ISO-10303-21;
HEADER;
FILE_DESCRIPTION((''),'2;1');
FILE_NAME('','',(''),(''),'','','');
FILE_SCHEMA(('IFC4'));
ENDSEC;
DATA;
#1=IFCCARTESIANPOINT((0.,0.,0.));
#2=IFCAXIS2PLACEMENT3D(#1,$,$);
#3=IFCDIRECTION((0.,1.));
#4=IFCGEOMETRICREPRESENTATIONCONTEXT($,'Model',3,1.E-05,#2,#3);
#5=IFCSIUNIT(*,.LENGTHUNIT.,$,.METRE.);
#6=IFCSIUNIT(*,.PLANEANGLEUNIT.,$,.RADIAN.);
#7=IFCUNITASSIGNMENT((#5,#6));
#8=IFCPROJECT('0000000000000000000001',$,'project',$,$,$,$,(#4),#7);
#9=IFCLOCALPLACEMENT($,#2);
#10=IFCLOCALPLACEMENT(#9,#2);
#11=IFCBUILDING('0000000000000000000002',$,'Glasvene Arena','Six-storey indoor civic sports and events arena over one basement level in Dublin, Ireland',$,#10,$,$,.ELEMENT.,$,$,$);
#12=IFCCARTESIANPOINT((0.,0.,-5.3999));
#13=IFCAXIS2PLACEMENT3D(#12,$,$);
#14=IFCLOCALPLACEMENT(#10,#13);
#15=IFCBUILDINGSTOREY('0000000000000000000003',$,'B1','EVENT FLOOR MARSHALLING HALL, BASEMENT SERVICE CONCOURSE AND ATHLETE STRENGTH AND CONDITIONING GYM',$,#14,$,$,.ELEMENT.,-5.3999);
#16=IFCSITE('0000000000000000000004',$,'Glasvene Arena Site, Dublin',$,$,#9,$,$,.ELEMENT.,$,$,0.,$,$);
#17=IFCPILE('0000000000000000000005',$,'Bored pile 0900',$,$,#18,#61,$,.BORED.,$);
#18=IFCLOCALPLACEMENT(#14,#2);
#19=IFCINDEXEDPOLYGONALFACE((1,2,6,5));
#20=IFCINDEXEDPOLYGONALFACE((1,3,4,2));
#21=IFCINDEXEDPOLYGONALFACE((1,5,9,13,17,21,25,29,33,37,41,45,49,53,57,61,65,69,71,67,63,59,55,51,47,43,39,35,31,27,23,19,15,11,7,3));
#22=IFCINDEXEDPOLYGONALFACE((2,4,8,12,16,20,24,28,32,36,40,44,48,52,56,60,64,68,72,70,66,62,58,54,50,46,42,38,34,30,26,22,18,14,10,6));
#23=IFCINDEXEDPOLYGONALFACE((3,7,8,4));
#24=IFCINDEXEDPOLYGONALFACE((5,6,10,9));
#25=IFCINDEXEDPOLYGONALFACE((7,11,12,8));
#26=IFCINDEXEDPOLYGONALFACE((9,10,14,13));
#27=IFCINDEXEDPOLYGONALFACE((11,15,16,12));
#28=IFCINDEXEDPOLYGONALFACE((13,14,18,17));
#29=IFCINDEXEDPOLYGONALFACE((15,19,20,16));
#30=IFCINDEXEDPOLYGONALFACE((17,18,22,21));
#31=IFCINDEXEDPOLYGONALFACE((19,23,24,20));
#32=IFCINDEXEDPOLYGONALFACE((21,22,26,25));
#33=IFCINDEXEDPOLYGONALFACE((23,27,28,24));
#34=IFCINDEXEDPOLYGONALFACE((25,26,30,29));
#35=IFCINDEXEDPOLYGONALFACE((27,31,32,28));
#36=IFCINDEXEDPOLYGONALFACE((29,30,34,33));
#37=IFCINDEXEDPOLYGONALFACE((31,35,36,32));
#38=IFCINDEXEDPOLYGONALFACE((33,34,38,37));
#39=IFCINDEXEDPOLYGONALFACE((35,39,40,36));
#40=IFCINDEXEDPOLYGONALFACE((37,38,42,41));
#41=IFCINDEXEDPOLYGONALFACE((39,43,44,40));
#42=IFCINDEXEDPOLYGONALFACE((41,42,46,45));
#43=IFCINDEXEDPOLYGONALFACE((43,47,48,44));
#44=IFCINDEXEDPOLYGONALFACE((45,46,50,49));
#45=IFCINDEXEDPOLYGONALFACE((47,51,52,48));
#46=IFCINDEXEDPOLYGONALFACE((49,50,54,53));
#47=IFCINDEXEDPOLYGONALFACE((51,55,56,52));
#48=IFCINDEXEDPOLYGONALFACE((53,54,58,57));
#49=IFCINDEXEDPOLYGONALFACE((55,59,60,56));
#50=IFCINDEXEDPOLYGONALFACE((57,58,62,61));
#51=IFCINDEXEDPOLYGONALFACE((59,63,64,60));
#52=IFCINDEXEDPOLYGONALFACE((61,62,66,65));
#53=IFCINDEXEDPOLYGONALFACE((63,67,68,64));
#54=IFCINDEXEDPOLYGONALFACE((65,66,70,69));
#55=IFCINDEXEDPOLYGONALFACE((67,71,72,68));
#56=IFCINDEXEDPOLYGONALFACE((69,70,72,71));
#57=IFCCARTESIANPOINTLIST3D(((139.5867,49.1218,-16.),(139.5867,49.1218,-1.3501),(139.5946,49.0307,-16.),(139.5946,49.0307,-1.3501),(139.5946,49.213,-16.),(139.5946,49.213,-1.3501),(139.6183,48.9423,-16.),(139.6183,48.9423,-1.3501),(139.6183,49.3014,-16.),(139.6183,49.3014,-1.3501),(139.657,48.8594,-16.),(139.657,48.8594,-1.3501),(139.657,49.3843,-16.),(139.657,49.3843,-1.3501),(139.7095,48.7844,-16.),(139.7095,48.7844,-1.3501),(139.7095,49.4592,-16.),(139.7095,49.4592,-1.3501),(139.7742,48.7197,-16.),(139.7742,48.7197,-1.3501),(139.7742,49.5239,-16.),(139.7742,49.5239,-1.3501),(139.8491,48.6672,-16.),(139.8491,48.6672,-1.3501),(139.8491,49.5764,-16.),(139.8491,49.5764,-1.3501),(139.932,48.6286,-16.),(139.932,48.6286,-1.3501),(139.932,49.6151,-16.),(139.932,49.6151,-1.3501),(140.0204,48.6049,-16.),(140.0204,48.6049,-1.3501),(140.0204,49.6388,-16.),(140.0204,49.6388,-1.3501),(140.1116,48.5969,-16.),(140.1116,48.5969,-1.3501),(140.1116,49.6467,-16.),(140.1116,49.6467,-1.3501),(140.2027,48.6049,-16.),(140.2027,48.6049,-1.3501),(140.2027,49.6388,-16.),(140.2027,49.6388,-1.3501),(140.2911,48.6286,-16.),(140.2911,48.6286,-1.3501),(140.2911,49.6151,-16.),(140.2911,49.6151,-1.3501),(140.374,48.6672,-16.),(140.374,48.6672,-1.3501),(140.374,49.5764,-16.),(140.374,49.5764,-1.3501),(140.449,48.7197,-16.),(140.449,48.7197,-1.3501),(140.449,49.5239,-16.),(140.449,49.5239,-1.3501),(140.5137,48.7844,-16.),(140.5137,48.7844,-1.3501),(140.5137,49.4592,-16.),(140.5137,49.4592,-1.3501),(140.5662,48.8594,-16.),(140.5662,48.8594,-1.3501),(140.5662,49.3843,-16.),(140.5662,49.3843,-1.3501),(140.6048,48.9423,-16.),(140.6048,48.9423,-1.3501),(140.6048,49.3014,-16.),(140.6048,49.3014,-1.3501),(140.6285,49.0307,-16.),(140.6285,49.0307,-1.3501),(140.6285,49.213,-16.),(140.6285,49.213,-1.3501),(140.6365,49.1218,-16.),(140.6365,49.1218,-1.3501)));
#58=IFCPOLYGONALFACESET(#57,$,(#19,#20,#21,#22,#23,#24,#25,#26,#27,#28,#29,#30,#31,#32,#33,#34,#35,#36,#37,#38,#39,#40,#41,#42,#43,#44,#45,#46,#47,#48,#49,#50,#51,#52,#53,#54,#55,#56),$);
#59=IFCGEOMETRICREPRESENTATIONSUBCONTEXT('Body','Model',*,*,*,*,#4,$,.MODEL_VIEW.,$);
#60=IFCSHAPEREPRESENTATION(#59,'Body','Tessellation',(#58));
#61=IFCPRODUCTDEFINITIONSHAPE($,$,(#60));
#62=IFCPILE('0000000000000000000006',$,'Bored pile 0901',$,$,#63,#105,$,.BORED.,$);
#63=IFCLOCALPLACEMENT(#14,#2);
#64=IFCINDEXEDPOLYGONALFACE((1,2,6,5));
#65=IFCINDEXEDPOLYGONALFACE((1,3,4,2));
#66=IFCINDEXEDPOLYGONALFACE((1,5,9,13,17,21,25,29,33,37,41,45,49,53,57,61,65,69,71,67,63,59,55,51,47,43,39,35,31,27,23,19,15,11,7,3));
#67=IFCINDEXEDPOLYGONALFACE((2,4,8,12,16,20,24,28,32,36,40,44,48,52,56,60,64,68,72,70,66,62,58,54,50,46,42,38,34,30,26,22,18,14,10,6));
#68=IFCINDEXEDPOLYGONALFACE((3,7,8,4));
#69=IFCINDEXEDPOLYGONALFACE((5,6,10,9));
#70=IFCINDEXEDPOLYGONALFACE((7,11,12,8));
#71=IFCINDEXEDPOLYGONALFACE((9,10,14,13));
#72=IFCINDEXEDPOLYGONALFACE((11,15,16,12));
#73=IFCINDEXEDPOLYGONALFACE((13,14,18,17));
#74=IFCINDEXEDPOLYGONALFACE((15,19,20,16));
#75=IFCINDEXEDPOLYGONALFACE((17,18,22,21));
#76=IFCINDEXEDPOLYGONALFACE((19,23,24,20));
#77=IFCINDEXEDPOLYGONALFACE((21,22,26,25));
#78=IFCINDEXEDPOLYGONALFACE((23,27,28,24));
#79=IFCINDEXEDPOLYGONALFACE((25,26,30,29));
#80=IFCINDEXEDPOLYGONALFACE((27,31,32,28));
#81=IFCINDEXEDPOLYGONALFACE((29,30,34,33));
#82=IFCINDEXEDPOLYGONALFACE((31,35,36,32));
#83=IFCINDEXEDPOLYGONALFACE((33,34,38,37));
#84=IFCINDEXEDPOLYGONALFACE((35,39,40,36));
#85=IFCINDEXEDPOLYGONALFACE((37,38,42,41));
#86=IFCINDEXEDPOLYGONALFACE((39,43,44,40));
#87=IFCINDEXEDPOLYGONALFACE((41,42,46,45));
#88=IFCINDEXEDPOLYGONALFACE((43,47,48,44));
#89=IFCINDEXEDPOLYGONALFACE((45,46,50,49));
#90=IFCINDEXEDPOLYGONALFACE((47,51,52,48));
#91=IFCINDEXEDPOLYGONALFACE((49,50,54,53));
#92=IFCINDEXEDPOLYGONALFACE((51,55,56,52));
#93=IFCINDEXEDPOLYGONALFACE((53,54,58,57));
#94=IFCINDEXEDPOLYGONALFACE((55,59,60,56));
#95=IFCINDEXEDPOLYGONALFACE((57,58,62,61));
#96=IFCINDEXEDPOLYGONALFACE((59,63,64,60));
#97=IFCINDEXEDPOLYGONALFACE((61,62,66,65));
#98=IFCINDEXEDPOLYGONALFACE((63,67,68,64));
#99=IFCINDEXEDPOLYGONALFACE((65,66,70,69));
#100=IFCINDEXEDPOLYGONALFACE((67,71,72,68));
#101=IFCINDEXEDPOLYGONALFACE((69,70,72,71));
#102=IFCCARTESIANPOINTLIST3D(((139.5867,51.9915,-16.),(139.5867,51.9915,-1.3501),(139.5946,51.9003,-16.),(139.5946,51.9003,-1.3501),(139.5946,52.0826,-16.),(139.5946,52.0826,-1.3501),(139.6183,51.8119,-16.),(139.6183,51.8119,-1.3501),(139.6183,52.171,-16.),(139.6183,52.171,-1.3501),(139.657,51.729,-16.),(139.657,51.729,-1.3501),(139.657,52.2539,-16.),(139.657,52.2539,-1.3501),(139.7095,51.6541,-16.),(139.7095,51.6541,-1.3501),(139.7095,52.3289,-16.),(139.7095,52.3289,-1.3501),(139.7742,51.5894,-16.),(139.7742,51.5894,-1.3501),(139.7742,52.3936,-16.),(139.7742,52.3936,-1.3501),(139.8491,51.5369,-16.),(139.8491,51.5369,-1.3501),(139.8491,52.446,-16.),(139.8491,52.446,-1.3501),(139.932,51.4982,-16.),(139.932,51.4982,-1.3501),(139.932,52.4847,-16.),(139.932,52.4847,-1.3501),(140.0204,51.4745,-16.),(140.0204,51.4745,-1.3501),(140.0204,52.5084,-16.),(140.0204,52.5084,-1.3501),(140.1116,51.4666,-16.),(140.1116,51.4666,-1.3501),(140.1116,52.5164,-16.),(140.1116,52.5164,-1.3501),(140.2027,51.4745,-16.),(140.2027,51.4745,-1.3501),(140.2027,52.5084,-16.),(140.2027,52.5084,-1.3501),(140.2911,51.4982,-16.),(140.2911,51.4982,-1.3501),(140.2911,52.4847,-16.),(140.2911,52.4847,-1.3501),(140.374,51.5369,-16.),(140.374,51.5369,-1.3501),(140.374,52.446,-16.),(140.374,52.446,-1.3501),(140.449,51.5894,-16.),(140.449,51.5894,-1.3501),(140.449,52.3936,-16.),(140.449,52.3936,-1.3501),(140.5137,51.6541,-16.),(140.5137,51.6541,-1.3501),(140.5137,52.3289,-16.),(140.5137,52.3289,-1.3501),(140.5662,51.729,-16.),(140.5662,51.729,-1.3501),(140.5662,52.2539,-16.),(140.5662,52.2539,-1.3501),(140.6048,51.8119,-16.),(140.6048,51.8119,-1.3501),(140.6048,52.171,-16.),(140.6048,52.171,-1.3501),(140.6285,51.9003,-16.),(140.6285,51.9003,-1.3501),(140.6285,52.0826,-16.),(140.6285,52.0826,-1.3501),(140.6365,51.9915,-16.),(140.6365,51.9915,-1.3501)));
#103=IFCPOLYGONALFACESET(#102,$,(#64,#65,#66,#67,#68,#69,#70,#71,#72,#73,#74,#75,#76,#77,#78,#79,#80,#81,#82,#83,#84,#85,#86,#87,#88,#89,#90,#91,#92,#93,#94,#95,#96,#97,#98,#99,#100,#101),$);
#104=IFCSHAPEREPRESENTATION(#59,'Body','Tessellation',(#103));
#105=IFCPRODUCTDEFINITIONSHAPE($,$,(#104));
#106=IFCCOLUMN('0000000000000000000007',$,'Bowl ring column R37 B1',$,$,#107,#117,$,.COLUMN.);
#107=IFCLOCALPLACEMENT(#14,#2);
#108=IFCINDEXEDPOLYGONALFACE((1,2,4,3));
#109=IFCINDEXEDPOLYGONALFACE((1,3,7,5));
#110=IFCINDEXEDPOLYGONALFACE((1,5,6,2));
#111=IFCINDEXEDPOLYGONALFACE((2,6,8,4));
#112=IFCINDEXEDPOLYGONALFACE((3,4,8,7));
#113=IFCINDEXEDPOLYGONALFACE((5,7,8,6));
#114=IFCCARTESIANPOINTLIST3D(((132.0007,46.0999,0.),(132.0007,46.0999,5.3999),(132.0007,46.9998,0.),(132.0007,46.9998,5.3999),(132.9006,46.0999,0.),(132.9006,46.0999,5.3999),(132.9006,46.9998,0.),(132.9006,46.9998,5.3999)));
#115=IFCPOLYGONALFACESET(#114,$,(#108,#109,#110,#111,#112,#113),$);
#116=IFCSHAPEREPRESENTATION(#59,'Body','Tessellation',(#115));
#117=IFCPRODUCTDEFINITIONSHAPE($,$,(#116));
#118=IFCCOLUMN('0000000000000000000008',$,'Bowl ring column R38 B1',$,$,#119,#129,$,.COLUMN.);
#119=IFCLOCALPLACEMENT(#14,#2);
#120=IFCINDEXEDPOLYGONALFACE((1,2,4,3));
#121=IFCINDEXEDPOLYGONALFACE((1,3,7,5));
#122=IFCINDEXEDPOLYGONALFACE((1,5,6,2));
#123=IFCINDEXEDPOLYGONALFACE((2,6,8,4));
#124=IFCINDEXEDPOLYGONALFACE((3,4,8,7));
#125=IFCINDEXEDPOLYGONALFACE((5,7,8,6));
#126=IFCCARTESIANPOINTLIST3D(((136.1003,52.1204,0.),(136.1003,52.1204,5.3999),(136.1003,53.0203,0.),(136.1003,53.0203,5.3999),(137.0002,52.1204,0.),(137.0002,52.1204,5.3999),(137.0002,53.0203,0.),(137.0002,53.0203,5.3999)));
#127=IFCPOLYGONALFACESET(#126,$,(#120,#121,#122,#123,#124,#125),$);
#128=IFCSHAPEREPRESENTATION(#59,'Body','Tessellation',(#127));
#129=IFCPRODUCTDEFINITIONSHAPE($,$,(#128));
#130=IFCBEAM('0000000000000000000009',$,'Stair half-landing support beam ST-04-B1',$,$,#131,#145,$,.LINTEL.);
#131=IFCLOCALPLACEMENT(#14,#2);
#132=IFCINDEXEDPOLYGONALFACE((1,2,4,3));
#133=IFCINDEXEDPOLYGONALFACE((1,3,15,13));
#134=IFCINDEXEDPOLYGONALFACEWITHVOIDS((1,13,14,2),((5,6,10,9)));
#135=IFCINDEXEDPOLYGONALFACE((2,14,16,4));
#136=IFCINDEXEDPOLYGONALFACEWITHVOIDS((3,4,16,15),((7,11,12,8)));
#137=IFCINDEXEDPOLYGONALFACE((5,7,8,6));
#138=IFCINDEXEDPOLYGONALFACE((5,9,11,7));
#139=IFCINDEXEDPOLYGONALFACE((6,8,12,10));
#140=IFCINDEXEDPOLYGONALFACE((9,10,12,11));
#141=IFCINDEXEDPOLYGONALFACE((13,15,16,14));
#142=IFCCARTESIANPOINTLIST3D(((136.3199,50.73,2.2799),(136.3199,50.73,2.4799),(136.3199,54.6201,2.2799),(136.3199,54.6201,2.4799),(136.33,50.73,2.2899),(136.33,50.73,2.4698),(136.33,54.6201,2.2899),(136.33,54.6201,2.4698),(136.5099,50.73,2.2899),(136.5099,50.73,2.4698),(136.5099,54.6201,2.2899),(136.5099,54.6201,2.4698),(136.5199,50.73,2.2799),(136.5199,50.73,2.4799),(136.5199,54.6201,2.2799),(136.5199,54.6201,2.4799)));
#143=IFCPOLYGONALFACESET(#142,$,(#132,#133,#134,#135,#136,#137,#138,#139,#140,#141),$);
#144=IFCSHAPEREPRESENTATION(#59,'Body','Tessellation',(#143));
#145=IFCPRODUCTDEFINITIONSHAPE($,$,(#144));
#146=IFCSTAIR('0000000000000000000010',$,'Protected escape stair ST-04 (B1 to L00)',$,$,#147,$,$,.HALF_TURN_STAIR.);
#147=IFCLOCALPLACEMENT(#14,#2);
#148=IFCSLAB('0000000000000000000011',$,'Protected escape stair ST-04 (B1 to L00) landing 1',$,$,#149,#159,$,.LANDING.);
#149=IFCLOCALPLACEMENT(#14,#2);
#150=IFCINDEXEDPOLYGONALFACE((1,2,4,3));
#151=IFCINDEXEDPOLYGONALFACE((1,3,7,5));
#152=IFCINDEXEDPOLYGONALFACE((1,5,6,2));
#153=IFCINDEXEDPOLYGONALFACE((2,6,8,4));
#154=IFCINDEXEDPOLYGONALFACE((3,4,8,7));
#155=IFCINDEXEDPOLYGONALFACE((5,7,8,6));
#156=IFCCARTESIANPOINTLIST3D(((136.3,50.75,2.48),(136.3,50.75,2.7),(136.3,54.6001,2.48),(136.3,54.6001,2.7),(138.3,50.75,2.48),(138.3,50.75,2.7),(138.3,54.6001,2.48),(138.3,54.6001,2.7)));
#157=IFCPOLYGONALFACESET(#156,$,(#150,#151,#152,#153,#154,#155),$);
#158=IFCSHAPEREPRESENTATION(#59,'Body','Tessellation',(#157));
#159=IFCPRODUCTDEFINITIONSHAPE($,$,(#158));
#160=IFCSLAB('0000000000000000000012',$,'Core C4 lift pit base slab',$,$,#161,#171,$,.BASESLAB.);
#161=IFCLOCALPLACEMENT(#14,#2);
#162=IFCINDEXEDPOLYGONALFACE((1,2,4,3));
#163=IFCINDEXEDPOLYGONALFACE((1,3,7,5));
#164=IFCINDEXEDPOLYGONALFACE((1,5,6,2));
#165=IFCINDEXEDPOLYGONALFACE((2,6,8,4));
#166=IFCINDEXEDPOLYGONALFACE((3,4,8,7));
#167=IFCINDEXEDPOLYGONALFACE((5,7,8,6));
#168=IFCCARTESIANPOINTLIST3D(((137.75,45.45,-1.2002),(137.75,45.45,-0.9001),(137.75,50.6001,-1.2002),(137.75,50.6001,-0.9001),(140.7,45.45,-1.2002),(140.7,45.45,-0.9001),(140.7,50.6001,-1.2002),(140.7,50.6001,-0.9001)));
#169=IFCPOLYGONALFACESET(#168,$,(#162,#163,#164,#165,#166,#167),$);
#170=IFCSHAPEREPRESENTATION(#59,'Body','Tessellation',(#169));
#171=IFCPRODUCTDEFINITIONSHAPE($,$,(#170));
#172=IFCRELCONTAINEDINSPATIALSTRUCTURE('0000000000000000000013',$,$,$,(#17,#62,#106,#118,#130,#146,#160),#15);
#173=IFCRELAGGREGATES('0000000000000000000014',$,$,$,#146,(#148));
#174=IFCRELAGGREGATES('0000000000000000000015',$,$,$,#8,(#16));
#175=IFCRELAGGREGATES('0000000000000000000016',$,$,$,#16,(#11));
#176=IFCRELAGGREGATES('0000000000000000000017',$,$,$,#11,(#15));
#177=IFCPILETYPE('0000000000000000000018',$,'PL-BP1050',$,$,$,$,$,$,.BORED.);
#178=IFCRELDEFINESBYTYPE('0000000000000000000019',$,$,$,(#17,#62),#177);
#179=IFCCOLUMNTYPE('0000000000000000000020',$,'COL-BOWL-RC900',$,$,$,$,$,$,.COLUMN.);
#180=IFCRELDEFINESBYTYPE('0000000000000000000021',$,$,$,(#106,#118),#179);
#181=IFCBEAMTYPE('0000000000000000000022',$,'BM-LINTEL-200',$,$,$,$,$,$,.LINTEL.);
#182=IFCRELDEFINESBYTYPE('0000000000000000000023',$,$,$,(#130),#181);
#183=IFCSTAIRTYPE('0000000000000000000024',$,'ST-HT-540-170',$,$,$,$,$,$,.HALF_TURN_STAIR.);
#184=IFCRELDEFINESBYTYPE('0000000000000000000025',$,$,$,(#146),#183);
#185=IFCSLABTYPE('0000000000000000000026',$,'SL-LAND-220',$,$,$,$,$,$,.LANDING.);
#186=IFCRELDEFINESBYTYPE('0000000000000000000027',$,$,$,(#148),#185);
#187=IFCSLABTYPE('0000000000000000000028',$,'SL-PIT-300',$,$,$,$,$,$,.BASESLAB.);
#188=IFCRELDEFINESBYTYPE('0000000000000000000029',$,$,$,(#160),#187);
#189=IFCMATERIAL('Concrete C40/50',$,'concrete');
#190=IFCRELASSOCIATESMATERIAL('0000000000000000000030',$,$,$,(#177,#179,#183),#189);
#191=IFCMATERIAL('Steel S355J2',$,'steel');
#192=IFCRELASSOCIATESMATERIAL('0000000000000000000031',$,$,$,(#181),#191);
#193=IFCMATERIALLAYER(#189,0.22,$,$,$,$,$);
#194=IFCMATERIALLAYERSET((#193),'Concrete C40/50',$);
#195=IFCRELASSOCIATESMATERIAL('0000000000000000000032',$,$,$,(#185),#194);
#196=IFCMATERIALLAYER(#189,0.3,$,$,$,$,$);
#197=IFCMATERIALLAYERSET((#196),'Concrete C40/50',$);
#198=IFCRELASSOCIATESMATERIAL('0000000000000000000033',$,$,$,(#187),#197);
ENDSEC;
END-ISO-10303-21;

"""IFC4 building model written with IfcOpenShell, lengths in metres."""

from ifc_helpers import new_model, si_unit, direction, frame, origin, origin_2d, place, context, subcontext, project, spatial, polyline, rectangle, hollow_rectangle, circle, outline, extrude, material, layer, layer_set, material_profile, profile_set, type_object, element, aggregate, save


model = new_model("IFC4")

# Units and contexts
model_context = context("Model", 3, precision=1e-05, world=origin(), true_north=direction((0.0, 1.0)))
body_context = subcontext(model_context, "Body", "Model", "MODEL_VIEW")
ifc_project = project(units=[si_unit("LENGTHUNIT", "METRE"), si_unit("PLANEANGLEUNIT", "RADIAN")], contexts=[model_context])

# Site, building, storey
site_placement = place(None, origin())
site = spatial("IfcSite", under=ifc_project, at=site_placement, Name="Glasvene Arena Site, Dublin", CompositionType="ELEMENT", RefElevation=0.0)
building_placement = place(site_placement, origin())
building = spatial("IfcBuilding", under=site, at=building_placement, Name="Glasvene Arena", Description="Six-storey indoor civic sports and events arena over one basement level in Dublin, Ireland", CompositionType="ELEMENT")
storey_placement = place(building_placement, frame((0.0, 0.0, -5.3999)))
storey = spatial("IfcBuildingStorey", under=building, at=storey_placement, Name="B1", Description="EVENT FLOOR MARSHALLING HALL, BASEMENT SERVICE CONCOURSE AND ATHLETE STRENGTH AND CONDITIONING GYM", CompositionType="ELEMENT", Elevation=-5.3999)

# Piles
ifc_material_1 = material(Name="Concrete C40/50", Category="concrete")
ifc_material_profile_1 = material_profile(ifc_material_1, circle(Radius=0.5249, at=origin_2d()), Name="BORED PILE 1050")
ifc_profile_set_1 = profile_set([ifc_material_profile_1], Name="Concrete C40/50")
pile_type = type_object("IfcPileType", Name="PL-BP1050", PredefinedType="BORED", material=ifc_profile_set_1)
for number, where, z_axis, x_axis, name in (
    (1, (140.1116, 49.1218, -1.3501), (0.0, 0.0, -1.0), (1.0, 0.0, 0.0), "Bored pile 0900"),
    (2, (140.1116, 51.9915, -1.3501), (0.0, 0.0, -1.0), (1.0, 0.0, 0.0), "Bored pile 0901"),
):
    element("IfcPile", number, at=place(storey_placement, frame(where, z_axis=z_axis, x_axis=x_axis)), inside=storey, type_object=pile_type, Name=name, PredefinedType="BORED", context=body_context, shape_type="SweptSolid", body=[
        extrude(circle(Radius=0.5249, at=origin_2d()), origin(), (0.0, 0.0, 1.0), 14.6499),
    ])

# Columns
ifc_material_profile_2 = material_profile(ifc_material_1, rectangle(XDim=0.8999, YDim=0.8999, at=origin_2d()), Name="RC 900x900")
ifc_profile_set_2 = profile_set([ifc_material_profile_2], Name="Concrete C40/50")
column_type = type_object("IfcColumnType", Name="COL-BOWL-RC900", PredefinedType="COLUMN", material=ifc_profile_set_2)
for number, where, z_axis, x_axis, name in (
    (3, (132.4507, 46.5498, 0.0), (0.0, 0.0, 1.0), (1.0, 0.0, 0.0), "Bowl ring column R37 B1"),
    (4, (136.5503, 52.5703, 0.0), (0.0, 0.0, 1.0), (1.0, 0.0, 0.0), "Bowl ring column R38 B1"),
):
    element("IfcColumn", number, at=place(storey_placement, frame(where, z_axis=z_axis, x_axis=x_axis)), inside=storey, type_object=column_type, Name=name, PredefinedType="COLUMN", context=body_context, shape_type="SweptSolid", body=[
        extrude(rectangle(XDim=0.8999, YDim=0.8999, at=origin_2d()), origin(), (0.0, 0.0, 1.0), 5.3999),
    ])

# Beam
ifc_material_2 = material(Name="Steel S355J2", Category="steel")
ifc_material_profile_3 = material_profile(ifc_material_2, hollow_rectangle(XDim=0.2, YDim=0.2, WallThickness=0.01, at=origin_2d()), Name="SHS 200x200x10.0")
ifc_profile_set_3 = profile_set([ifc_material_profile_3], Name="Steel S355J2")
beam_type = type_object("IfcBeamType", Name="BM-LINTEL-200", PredefinedType="LINTEL", material=ifc_profile_set_3)
beam_placement = place(storey_placement, frame((136.4199, 50.73, 2.3799), z_axis=(0.0, 1.0, 0.0), x_axis=(-1.0, 0.0, 0.0)))
element("IfcBeam", 5, at=beam_placement, inside=storey, type_object=beam_type, Name="Stair half-landing support beam ST-04-B1", PredefinedType="LINTEL", context=body_context, shape_type="SweptSolid", body=[
    extrude(hollow_rectangle(XDim=0.2, YDim=0.2, WallThickness=0.01, at=origin_2d()), origin(), (0.0, 0.0, 1.0), 3.8901),
])

# Stair, slab
stair_type = type_object("IfcStairType", Name="ST-HT-540-170", PredefinedType="HALF_TURN_STAIR", material=ifc_material_1)
stair_placement = place(storey_placement, origin())
stair = element("IfcStair", 6, at=stair_placement, inside=storey, type_object=stair_type, Name="Protected escape stair ST-04 (B1 to L00)", PredefinedType="HALF_TURN_STAIR")
ifc_layer_1 = layer(ifc_material_1, 0.22)
ifc_layer_set_1 = layer_set([ifc_layer_1], Name="Concrete C40/50")
slab_type_1 = type_object("IfcSlabType", Name="SL-LAND-220", PredefinedType="LANDING", material=ifc_layer_set_1)
slab_1_placement = place(storey_placement, frame((137.3, 52.675, 2.48)))
slab_1 = element("IfcSlab", 7, at=slab_1_placement, type_object=slab_type_1, Name="Protected escape stair ST-04 (B1 to L00) landing 1", PredefinedType="LANDING", context=body_context, shape_type="SweptSolid", body=[
    extrude(outline(polyline([(-1.0, -1.925), (1.0, -1.925), (1.0, 1.925), (-1.0, 1.925), (-1.0, -1.925)])), origin(), (0.0, 0.0, 1.0), 0.22),
])

# Slab
ifc_layer_2 = layer(ifc_material_1, 0.3)
ifc_layer_set_2 = layer_set([ifc_layer_2], Name="Concrete C40/50")
slab_type_2 = type_object("IfcSlabType", Name="SL-PIT-300", PredefinedType="BASESLAB", material=ifc_layer_set_2)
slab_2_placement = place(storey_placement, frame((139.2251, 48.0249, -1.2002)))
element("IfcSlab", 8, at=slab_2_placement, inside=storey, type_object=slab_type_2, Name="Core C4 lift pit base slab", PredefinedType="BASESLAB", context=body_context, shape_type="SweptSolid", body=[
    extrude(outline(polyline([(-1.4751, -2.575), (1.4749, -2.575), (1.4749, 2.5752), (-1.4751, 2.5752), (-1.4751, -2.575)])), origin(), (0.0, 0.0, 1.0), 0.3),
])

aggregate(stair, [slab_1])

save(model, "model.ifc")
